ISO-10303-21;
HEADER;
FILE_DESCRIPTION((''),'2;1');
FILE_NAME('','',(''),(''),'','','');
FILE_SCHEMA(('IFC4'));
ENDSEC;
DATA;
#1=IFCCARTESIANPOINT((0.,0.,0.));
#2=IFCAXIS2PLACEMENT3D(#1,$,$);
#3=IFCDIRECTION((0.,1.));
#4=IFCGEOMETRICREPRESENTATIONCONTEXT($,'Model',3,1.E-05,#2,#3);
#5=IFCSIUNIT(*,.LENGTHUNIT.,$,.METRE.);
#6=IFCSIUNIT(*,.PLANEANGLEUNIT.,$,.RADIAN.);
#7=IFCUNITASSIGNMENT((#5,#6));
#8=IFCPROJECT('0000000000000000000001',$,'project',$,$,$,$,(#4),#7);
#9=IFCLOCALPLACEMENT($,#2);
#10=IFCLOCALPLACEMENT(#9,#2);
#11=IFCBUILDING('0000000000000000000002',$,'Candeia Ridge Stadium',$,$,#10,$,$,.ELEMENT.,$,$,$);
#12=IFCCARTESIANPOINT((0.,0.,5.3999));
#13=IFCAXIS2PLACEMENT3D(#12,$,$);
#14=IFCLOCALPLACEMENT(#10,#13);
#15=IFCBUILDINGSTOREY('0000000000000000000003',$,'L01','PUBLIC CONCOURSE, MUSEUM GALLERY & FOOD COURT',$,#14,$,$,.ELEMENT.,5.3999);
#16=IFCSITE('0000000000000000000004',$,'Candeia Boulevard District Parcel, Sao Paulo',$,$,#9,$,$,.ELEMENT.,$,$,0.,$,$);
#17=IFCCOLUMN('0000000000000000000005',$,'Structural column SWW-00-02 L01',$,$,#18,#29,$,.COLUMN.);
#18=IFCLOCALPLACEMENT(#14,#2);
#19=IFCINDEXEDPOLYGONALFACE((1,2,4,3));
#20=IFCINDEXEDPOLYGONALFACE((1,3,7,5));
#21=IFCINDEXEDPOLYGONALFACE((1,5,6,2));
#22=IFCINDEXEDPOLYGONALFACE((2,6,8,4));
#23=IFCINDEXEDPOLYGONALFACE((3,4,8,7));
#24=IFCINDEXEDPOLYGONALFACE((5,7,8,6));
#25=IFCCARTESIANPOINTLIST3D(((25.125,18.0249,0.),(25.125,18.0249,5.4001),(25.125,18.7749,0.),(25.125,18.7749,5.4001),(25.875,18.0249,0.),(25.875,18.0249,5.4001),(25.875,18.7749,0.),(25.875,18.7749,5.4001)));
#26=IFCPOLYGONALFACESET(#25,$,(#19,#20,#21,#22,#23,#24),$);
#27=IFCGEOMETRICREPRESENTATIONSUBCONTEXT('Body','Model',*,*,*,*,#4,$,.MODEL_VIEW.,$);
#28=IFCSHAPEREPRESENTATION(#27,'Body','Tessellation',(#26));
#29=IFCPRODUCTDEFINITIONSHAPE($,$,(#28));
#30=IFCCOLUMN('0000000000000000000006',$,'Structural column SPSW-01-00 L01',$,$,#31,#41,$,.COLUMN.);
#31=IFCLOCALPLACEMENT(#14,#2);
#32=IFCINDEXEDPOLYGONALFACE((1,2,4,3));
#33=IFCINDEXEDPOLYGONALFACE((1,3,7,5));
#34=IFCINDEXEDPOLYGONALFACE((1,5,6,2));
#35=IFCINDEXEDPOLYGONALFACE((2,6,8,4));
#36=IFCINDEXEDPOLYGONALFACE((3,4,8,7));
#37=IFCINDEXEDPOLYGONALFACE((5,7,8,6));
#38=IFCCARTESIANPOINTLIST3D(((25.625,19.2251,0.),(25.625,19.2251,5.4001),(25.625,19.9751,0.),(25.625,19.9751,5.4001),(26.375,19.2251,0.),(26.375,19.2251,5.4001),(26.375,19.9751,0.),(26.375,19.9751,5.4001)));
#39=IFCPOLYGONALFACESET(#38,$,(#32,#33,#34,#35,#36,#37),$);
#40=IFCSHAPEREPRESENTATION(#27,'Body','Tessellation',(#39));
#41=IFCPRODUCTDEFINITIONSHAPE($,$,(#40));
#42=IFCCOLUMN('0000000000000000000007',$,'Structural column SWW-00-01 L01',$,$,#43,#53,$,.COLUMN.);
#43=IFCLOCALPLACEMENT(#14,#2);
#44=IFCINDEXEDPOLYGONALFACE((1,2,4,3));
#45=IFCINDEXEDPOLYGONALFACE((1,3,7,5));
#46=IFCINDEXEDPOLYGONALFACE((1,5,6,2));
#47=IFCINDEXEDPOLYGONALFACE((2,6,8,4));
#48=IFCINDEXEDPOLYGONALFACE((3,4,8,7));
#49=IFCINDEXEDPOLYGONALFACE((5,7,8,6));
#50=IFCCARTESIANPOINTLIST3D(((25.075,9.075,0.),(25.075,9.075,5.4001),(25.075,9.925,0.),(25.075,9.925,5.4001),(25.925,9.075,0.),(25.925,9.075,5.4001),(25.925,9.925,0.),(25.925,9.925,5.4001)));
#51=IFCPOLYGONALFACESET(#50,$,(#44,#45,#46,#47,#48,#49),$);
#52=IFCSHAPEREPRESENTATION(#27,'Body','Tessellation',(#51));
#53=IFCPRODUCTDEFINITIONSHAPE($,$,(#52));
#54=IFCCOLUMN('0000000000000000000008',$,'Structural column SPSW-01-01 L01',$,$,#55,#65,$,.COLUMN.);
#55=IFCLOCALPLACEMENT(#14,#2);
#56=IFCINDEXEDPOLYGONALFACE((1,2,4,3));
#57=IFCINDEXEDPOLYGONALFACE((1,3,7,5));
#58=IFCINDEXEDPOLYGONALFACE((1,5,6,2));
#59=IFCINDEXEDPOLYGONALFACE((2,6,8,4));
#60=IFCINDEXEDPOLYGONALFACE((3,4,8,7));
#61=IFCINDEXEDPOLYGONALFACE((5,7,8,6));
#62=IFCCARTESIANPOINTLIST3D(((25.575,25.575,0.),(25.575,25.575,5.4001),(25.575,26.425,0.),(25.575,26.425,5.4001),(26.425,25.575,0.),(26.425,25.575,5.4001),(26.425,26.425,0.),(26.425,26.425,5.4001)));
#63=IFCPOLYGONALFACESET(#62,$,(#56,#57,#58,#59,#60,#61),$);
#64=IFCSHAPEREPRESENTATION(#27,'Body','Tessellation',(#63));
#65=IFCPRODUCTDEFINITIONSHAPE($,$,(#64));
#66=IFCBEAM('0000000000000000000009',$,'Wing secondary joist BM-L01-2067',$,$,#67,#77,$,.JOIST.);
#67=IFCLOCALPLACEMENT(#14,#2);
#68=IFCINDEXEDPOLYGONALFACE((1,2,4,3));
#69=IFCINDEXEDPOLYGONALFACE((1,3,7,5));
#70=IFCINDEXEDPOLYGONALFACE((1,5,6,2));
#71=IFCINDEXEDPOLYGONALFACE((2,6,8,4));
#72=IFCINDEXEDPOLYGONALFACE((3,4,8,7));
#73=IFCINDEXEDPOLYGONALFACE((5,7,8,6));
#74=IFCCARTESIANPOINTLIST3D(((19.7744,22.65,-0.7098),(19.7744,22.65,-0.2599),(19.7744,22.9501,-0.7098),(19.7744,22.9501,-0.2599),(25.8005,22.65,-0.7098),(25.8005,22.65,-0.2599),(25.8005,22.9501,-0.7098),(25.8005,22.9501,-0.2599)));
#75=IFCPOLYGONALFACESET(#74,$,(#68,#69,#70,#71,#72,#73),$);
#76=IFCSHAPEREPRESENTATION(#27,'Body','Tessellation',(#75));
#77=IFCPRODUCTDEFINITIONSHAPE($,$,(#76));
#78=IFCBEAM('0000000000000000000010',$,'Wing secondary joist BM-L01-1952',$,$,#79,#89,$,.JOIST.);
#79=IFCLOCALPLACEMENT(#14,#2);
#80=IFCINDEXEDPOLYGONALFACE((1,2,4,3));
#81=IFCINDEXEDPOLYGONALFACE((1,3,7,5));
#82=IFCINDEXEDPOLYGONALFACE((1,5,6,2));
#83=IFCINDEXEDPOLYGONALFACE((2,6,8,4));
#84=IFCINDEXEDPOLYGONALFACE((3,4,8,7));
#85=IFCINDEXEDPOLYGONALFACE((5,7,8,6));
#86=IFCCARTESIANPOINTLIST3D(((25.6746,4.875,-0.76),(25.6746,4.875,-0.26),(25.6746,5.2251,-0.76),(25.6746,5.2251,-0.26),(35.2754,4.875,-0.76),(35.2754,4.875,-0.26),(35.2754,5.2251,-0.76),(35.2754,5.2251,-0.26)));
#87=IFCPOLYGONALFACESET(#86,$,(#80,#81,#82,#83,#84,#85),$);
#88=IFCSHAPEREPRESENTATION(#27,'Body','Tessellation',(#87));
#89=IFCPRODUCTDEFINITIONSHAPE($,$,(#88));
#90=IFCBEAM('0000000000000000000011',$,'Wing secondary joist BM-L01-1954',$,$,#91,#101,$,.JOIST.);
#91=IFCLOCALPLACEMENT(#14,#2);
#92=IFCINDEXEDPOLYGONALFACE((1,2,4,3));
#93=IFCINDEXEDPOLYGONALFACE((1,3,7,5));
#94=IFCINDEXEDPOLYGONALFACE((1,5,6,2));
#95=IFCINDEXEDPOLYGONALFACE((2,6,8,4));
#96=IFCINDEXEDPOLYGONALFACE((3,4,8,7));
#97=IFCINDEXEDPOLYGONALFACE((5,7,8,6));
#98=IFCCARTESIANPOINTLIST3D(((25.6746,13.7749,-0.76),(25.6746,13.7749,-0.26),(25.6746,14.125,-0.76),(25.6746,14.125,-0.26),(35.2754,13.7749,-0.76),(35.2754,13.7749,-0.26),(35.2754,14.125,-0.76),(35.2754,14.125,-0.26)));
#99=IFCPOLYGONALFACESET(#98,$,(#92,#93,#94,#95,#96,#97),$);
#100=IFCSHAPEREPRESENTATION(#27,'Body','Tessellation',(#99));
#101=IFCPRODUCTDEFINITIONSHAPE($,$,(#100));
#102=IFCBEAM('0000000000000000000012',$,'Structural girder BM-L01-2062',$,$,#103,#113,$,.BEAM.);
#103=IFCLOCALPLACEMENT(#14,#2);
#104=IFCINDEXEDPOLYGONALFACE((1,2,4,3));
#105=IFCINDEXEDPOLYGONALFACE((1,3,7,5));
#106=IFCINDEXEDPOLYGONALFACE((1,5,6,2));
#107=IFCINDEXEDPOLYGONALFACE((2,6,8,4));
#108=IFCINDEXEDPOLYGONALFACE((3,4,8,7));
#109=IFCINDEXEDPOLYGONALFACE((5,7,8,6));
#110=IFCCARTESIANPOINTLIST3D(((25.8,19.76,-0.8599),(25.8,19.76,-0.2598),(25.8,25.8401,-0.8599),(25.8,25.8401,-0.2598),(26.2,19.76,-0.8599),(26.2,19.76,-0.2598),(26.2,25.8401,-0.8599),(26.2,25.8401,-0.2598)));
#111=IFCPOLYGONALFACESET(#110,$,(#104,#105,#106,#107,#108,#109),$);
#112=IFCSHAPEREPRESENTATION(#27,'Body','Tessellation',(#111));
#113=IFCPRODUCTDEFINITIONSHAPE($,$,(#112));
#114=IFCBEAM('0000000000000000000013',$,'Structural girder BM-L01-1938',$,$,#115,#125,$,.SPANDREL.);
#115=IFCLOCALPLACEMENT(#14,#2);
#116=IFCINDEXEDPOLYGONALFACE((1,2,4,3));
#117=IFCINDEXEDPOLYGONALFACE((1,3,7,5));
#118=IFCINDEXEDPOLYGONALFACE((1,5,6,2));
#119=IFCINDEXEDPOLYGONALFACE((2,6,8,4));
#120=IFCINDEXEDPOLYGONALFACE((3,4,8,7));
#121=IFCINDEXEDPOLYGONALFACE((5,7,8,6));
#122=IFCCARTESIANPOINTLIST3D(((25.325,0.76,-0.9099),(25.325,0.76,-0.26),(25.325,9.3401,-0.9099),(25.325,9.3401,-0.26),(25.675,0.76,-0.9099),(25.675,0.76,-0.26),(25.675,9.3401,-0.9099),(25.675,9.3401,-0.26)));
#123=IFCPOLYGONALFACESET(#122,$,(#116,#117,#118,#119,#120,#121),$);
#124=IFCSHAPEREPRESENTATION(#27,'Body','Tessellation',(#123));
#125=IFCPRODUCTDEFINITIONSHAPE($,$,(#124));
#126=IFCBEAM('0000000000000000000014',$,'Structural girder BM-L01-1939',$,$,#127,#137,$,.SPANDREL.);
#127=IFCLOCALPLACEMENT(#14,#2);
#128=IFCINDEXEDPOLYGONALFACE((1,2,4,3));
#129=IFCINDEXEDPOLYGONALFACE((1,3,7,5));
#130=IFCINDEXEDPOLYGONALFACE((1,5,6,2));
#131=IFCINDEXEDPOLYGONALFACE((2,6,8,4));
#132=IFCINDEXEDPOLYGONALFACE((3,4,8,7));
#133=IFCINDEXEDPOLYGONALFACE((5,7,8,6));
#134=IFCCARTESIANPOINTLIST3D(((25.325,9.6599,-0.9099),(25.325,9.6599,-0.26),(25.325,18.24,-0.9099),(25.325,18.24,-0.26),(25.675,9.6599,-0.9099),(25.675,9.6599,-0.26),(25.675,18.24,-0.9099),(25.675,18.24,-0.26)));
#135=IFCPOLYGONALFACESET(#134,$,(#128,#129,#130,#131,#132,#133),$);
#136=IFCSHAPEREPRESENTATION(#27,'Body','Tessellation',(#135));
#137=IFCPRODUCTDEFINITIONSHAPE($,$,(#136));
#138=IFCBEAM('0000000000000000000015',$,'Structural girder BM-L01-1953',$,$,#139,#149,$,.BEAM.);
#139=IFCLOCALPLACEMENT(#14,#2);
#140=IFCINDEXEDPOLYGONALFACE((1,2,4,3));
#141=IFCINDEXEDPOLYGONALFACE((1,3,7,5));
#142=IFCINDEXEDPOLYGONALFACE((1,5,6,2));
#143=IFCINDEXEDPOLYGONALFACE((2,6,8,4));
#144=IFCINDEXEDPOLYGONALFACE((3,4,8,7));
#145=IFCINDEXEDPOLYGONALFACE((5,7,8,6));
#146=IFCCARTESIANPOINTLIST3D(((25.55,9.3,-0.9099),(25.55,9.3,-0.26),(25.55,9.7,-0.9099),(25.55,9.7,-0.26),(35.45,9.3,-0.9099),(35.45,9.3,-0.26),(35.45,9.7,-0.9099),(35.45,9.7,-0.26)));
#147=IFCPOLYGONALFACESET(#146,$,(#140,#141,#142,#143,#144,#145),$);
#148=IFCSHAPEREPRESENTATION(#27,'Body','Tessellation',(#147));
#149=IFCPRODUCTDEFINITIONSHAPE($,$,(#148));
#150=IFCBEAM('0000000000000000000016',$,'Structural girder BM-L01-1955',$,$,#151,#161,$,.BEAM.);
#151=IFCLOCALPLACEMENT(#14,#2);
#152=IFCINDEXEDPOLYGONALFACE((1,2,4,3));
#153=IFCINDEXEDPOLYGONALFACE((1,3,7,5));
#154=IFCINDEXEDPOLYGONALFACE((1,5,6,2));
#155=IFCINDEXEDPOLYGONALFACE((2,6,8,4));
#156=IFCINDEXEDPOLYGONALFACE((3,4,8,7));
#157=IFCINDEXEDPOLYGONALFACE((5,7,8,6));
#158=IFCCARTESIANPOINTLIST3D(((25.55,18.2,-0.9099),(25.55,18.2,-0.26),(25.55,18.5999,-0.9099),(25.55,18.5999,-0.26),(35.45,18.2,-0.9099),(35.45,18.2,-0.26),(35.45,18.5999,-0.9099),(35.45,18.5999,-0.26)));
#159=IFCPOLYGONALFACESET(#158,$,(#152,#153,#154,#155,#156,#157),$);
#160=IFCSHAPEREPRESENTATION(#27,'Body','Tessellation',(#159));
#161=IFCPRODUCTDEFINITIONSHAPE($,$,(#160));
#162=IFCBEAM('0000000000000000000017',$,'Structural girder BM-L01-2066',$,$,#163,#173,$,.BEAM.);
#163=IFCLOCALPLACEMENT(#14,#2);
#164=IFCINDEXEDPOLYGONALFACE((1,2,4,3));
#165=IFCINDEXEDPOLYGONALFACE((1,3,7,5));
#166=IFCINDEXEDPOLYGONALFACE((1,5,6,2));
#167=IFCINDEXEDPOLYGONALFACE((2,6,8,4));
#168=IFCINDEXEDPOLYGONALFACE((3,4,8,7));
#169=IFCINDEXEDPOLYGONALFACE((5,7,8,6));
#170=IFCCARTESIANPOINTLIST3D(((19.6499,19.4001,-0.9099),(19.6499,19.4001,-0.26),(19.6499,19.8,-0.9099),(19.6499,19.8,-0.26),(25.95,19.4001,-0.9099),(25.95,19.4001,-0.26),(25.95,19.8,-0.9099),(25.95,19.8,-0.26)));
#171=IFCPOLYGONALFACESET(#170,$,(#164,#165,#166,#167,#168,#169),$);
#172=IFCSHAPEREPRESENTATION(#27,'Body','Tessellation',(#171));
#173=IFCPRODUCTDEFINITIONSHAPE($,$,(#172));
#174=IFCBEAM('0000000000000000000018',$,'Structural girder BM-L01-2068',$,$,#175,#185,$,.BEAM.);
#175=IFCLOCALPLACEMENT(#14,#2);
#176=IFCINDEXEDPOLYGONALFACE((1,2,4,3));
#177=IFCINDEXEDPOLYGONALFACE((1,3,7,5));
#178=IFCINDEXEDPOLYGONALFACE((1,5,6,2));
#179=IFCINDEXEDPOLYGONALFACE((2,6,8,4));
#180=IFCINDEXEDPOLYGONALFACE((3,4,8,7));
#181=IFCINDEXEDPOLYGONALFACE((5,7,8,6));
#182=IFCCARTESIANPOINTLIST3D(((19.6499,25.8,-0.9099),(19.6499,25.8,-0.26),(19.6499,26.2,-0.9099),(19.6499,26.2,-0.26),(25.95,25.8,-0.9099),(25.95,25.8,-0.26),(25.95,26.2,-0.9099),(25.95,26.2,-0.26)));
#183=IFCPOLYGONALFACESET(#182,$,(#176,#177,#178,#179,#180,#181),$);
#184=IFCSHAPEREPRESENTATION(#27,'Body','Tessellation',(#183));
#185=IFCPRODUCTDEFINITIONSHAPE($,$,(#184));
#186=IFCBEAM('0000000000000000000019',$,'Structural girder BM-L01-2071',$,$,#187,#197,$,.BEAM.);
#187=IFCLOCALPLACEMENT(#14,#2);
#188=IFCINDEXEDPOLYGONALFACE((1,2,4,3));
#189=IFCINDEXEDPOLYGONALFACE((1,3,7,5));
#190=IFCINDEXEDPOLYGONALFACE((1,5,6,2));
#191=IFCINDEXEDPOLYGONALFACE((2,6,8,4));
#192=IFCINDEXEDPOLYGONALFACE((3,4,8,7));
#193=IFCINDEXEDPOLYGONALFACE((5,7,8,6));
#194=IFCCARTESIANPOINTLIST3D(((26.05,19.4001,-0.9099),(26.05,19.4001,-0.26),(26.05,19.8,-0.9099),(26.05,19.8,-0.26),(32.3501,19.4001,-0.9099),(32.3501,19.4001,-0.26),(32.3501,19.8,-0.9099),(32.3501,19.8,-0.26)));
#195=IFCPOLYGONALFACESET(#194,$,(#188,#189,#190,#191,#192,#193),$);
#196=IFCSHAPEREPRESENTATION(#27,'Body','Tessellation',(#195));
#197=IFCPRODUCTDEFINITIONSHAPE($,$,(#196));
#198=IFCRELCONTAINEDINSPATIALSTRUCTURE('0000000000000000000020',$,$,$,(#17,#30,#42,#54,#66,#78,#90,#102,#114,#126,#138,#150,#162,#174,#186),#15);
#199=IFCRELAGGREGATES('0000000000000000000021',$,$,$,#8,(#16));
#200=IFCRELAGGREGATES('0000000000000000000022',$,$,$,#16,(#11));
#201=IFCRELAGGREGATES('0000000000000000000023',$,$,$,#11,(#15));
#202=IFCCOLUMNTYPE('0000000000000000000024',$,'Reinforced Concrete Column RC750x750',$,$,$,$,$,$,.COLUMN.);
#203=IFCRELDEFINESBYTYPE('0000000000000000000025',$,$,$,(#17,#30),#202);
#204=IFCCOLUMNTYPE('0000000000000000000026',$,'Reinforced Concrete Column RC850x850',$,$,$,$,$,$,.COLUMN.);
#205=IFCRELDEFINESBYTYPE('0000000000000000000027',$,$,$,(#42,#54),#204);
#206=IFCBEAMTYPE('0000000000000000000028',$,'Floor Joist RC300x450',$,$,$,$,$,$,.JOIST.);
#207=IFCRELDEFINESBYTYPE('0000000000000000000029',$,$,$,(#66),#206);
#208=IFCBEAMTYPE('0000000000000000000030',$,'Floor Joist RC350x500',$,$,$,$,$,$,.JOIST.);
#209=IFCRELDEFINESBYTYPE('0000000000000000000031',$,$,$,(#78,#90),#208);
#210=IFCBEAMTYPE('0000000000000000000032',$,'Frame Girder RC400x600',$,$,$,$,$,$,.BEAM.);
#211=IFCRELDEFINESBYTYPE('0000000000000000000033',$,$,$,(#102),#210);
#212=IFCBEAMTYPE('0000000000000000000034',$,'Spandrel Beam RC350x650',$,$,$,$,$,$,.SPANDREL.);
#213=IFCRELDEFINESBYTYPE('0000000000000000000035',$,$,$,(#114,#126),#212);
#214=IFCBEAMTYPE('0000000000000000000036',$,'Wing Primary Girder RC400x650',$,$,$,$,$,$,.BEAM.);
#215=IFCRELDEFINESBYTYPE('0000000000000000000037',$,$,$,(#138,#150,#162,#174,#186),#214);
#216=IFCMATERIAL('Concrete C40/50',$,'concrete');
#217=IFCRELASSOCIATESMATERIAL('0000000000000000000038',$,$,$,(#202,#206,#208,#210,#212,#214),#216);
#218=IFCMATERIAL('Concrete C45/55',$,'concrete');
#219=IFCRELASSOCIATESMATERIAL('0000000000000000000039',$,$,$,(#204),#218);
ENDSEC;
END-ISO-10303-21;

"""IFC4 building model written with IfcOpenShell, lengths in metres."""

from ifc_helpers import new_model, si_unit, direction, frame, origin, origin_2d, place, context, subcontext, project, spatial, rectangle, extrude, material, material_profile, profile_set, type_object, element, save


model = new_model("IFC4")

# Units and contexts
model_context = context("Model", 3, precision=1e-05, world=origin(), true_north=direction((0.0, 1.0)))
body_context = subcontext(model_context, "Body", "Model", "MODEL_VIEW")
ifc_project = project(units=[si_unit("LENGTHUNIT", "METRE"), si_unit("PLANEANGLEUNIT", "RADIAN")], contexts=[model_context])

# Site, building, storey
site_placement = place(None, origin())
site = spatial("IfcSite", under=ifc_project, at=site_placement, Name="Candeia Boulevard District Parcel, Sao Paulo", CompositionType="ELEMENT", RefElevation=0.0)
building_placement = place(site_placement, origin())
building = spatial("IfcBuilding", under=site, at=building_placement, Name="Candeia Ridge Stadium", CompositionType="ELEMENT")
storey_placement = place(building_placement, frame((0.0, 0.0, 5.3999)))
storey = spatial("IfcBuildingStorey", under=building, at=storey_placement, Name="L01", Description="PUBLIC CONCOURSE, MUSEUM GALLERY & FOOD COURT", CompositionType="ELEMENT", Elevation=5.3999)

# Columns
ifc_material_1 = material(Name="Concrete C40/50", Category="concrete")
ifc_material_profile_1 = material_profile(ifc_material_1, rectangle(XDim=0.75, YDim=0.75, at=origin_2d()), Name="RC750x750", Category="concrete")
ifc_profile_set_1 = profile_set([ifc_material_profile_1], Name="Concrete C40/50")
column_type_1 = type_object("IfcColumnType", Name="Reinforced Concrete Column RC750x750", PredefinedType="COLUMN", material=ifc_profile_set_1)
for number, where, z_axis, x_axis, name in (
    (1, (25.5, 18.3999, 0.0), (0.0, 0.0, 1.0), (1.0, 0.0, 0.0), "Structural column SWW-00-02 L01"),
    (2, (26.0, 19.6001, 0.0), (0.0, 0.0, 1.0), (1.0, 0.0, 0.0), "Structural column SPSW-01-00 L01"),
):
    element("IfcColumn", number, at=place(storey_placement, frame(where, z_axis=z_axis, x_axis=x_axis)), inside=storey, type_object=column_type_1, Name=name, PredefinedType="COLUMN", context=body_context, shape_type="SweptSolid", body=[
        extrude(rectangle(XDim=0.75, YDim=0.75, at=origin_2d()), origin(), (0.0, 0.0, 1.0), 5.4001),
    ])
ifc_material_2 = material(Name="Concrete C45/55", Category="concrete")
ifc_material_profile_2 = material_profile(ifc_material_2, rectangle(XDim=0.8501, YDim=0.8501, at=origin_2d()), Name="RC850x850", Category="concrete")
ifc_profile_set_2 = profile_set([ifc_material_profile_2], Name="Concrete C45/55")
column_type_2 = type_object("IfcColumnType", Name="Reinforced Concrete Column RC850x850", PredefinedType="COLUMN", material=ifc_profile_set_2)
for number, where, z_axis, x_axis, name in (
    (3, (25.5, 9.5, 0.0), (0.0, 0.0, 1.0), (1.0, 0.0, 0.0), "Structural column SWW-00-01 L01"),
    (4, (26.0, 26.0, 0.0), (0.0, 0.0, 1.0), (1.0, 0.0, 0.0), "Structural column SPSW-01-01 L01"),
):
    element("IfcColumn", number, at=place(storey_placement, frame(where, z_axis=z_axis, x_axis=x_axis)), inside=storey, type_object=column_type_2, Name=name, PredefinedType="COLUMN", context=body_context, shape_type="SweptSolid", body=[
        extrude(rectangle(XDim=0.8501, YDim=0.8501, at=origin_2d()), origin(), (0.0, 0.0, 1.0), 5.4001),
    ])

# Beams
ifc_material_profile_3 = material_profile(ifc_material_1, rectangle(XDim=0.3, YDim=0.45, at=origin_2d()), Name="RC300x450", Category="concrete")
ifc_profile_set_3 = profile_set([ifc_material_profile_3], Name="Concrete C40/50")
beam_type_1 = type_object("IfcBeamType", Name="Floor Joist RC300x450", PredefinedType="JOIST", material=ifc_profile_set_3)
beam_1_placement = place(storey_placement, frame((19.7744, 22.8, -0.4849), z_axis=(1.0, 0.0, 0.0), x_axis=(0.0, 1.0, 0.0)))
element("IfcBeam", 5, at=beam_1_placement, inside=storey, type_object=beam_type_1, Name="Wing secondary joist BM-L01-2067", PredefinedType="JOIST", context=body_context, shape_type="SweptSolid", body=[
    extrude(rectangle(XDim=0.3, YDim=0.45, at=origin_2d()), origin(), (0.0, 0.0, 1.0), 6.0261),
])
ifc_material_profile_4 = material_profile(ifc_material_1, rectangle(XDim=0.3501, YDim=0.5, at=origin_2d()), Name="RC350x500", Category="concrete")
ifc_profile_set_4 = profile_set([ifc_material_profile_4], Name="Concrete C40/50")
beam_type_2 = type_object("IfcBeamType", Name="Floor Joist RC350x500", PredefinedType="JOIST", material=ifc_profile_set_4)
for number, where, z_axis, x_axis, name in (
    (6, (25.6746, 5.05, -0.51), (1.0, 0.0, 0.0), (0.0, 1.0, 0.0), "Wing secondary joist BM-L01-1952"),
    (7, (25.6746, 13.95, -0.51), (1.0, 0.0, 0.0), (0.0, 1.0, 0.0), "Wing secondary joist BM-L01-1954"),
):
    element("IfcBeam", number, at=place(storey_placement, frame(where, z_axis=z_axis, x_axis=x_axis)), inside=storey, type_object=beam_type_2, Name=name, PredefinedType="JOIST", context=body_context, shape_type="SweptSolid", body=[
        extrude(rectangle(XDim=0.3501, YDim=0.5, at=origin_2d()), origin(), (0.0, 0.0, 1.0), 9.6008),
    ])
ifc_material_profile_5 = material_profile(ifc_material_1, rectangle(XDim=0.3999, YDim=0.6001, at=origin_2d()), Name="RC400x600", Category="concrete")
ifc_profile_set_5 = profile_set([ifc_material_profile_5], Name="Concrete C40/50")
beam_type_3 = type_object("IfcBeamType", Name="Frame Girder RC400x600", PredefinedType="BEAM", material=ifc_profile_set_5)
beam_2_placement = place(storey_placement, frame((26.0, 19.76, -0.5598), z_axis=(0.0, 1.0, 0.0), x_axis=(-1.0, 0.0, 0.0)))
element("IfcBeam", 8, at=beam_2_placement, inside=storey, type_object=beam_type_3, Name="Structural girder BM-L01-2062", PredefinedType="BEAM", context=body_context, shape_type="SweptSolid", body=[
    extrude(rectangle(XDim=0.3999, YDim=0.6001, at=origin_2d()), origin(), (0.0, 0.0, 1.0), 6.0801),
])
ifc_material_profile_6 = material_profile(ifc_material_1, rectangle(XDim=0.3501, YDim=0.6499, at=origin_2d()), Name="RC350x650", Category="concrete")
ifc_profile_set_6 = profile_set([ifc_material_profile_6], Name="Concrete C40/50")
beam_type_4 = type_object("IfcBeamType", Name="Spandrel Beam RC350x650", PredefinedType="SPANDREL", material=ifc_profile_set_6)
for number, where, z_axis, x_axis, name in (
    (9, (25.5, 0.76, -0.585), (0.0, 1.0, 0.0), (-1.0, 0.0, 0.0), "Structural girder BM-L01-1938"),
    (10, (25.5, 9.6599, -0.585), (0.0, 1.0, 0.0), (-1.0, 0.0, 0.0), "Structural girder BM-L01-1939"),
):
    element("IfcBeam", number, at=place(storey_placement, frame(where, z_axis=z_axis, x_axis=x_axis)), inside=storey, type_object=beam_type_4, Name=name, PredefinedType="SPANDREL", context=body_context, shape_type="SweptSolid", body=[
        extrude(rectangle(XDim=0.3501, YDim=0.6499, at=origin_2d()), origin(), (0.0, 0.0, 1.0), 8.5801),
    ])
ifc_material_profile_7 = material_profile(ifc_material_1, rectangle(XDim=0.3999, YDim=0.6499, at=origin_2d()), Name="RC400x650", Category="concrete")
ifc_profile_set_7 = profile_set([ifc_material_profile_7], Name="Concrete C40/50")
beam_type_5 = type_object("IfcBeamType", Name="Wing Primary Girder RC400x650", PredefinedType="BEAM", material=ifc_profile_set_7)
for number, where, z_axis, x_axis, name in (
    (11, (25.55, 9.5, -0.585), (1.0, 0.0, 0.0), (0.0, 1.0, 0.0), "Structural girder BM-L01-1953"),
    (12, (25.55, 18.3999, -0.585), (1.0, 0.0, 0.0), (0.0, 1.0, 0.0), "Structural girder BM-L01-1955"),
):
    element("IfcBeam", number, at=place(storey_placement, frame(where, z_axis=z_axis, x_axis=x_axis)), inside=storey, type_object=beam_type_5, Name=name, PredefinedType="BEAM", context=body_context, shape_type="SweptSolid", body=[
        extrude(rectangle(XDim=0.3999, YDim=0.6499, at=origin_2d()), origin(), (0.0, 0.0, 1.0), 9.8999),
    ])
for number, where, z_axis, x_axis, name in (
    (13, (19.6499, 19.6001, -0.585), (1.0, 0.0, 0.0), (0.0, 1.0, 0.0), "Structural girder BM-L01-2066"),
    (14, (19.6499, 26.0, -0.585), (1.0, 0.0, 0.0), (0.0, 1.0, 0.0), "Structural girder BM-L01-2068"),
    (15, (26.05, 19.6001, -0.585), (1.0, 0.0, 0.0), (0.0, 1.0, 0.0), "Structural girder BM-L01-2071"),
):
    element("IfcBeam", number, at=place(storey_placement, frame(where, z_axis=z_axis, x_axis=x_axis)), inside=storey, type_object=beam_type_5, Name=name, PredefinedType="BEAM", context=body_context, shape_type="SweptSolid", body=[
        extrude(rectangle(XDim=0.3999, YDim=0.6499, at=origin_2d()), origin(), (0.0, 0.0, 1.0), 6.3),
    ])

save(model, "model.ifc")
